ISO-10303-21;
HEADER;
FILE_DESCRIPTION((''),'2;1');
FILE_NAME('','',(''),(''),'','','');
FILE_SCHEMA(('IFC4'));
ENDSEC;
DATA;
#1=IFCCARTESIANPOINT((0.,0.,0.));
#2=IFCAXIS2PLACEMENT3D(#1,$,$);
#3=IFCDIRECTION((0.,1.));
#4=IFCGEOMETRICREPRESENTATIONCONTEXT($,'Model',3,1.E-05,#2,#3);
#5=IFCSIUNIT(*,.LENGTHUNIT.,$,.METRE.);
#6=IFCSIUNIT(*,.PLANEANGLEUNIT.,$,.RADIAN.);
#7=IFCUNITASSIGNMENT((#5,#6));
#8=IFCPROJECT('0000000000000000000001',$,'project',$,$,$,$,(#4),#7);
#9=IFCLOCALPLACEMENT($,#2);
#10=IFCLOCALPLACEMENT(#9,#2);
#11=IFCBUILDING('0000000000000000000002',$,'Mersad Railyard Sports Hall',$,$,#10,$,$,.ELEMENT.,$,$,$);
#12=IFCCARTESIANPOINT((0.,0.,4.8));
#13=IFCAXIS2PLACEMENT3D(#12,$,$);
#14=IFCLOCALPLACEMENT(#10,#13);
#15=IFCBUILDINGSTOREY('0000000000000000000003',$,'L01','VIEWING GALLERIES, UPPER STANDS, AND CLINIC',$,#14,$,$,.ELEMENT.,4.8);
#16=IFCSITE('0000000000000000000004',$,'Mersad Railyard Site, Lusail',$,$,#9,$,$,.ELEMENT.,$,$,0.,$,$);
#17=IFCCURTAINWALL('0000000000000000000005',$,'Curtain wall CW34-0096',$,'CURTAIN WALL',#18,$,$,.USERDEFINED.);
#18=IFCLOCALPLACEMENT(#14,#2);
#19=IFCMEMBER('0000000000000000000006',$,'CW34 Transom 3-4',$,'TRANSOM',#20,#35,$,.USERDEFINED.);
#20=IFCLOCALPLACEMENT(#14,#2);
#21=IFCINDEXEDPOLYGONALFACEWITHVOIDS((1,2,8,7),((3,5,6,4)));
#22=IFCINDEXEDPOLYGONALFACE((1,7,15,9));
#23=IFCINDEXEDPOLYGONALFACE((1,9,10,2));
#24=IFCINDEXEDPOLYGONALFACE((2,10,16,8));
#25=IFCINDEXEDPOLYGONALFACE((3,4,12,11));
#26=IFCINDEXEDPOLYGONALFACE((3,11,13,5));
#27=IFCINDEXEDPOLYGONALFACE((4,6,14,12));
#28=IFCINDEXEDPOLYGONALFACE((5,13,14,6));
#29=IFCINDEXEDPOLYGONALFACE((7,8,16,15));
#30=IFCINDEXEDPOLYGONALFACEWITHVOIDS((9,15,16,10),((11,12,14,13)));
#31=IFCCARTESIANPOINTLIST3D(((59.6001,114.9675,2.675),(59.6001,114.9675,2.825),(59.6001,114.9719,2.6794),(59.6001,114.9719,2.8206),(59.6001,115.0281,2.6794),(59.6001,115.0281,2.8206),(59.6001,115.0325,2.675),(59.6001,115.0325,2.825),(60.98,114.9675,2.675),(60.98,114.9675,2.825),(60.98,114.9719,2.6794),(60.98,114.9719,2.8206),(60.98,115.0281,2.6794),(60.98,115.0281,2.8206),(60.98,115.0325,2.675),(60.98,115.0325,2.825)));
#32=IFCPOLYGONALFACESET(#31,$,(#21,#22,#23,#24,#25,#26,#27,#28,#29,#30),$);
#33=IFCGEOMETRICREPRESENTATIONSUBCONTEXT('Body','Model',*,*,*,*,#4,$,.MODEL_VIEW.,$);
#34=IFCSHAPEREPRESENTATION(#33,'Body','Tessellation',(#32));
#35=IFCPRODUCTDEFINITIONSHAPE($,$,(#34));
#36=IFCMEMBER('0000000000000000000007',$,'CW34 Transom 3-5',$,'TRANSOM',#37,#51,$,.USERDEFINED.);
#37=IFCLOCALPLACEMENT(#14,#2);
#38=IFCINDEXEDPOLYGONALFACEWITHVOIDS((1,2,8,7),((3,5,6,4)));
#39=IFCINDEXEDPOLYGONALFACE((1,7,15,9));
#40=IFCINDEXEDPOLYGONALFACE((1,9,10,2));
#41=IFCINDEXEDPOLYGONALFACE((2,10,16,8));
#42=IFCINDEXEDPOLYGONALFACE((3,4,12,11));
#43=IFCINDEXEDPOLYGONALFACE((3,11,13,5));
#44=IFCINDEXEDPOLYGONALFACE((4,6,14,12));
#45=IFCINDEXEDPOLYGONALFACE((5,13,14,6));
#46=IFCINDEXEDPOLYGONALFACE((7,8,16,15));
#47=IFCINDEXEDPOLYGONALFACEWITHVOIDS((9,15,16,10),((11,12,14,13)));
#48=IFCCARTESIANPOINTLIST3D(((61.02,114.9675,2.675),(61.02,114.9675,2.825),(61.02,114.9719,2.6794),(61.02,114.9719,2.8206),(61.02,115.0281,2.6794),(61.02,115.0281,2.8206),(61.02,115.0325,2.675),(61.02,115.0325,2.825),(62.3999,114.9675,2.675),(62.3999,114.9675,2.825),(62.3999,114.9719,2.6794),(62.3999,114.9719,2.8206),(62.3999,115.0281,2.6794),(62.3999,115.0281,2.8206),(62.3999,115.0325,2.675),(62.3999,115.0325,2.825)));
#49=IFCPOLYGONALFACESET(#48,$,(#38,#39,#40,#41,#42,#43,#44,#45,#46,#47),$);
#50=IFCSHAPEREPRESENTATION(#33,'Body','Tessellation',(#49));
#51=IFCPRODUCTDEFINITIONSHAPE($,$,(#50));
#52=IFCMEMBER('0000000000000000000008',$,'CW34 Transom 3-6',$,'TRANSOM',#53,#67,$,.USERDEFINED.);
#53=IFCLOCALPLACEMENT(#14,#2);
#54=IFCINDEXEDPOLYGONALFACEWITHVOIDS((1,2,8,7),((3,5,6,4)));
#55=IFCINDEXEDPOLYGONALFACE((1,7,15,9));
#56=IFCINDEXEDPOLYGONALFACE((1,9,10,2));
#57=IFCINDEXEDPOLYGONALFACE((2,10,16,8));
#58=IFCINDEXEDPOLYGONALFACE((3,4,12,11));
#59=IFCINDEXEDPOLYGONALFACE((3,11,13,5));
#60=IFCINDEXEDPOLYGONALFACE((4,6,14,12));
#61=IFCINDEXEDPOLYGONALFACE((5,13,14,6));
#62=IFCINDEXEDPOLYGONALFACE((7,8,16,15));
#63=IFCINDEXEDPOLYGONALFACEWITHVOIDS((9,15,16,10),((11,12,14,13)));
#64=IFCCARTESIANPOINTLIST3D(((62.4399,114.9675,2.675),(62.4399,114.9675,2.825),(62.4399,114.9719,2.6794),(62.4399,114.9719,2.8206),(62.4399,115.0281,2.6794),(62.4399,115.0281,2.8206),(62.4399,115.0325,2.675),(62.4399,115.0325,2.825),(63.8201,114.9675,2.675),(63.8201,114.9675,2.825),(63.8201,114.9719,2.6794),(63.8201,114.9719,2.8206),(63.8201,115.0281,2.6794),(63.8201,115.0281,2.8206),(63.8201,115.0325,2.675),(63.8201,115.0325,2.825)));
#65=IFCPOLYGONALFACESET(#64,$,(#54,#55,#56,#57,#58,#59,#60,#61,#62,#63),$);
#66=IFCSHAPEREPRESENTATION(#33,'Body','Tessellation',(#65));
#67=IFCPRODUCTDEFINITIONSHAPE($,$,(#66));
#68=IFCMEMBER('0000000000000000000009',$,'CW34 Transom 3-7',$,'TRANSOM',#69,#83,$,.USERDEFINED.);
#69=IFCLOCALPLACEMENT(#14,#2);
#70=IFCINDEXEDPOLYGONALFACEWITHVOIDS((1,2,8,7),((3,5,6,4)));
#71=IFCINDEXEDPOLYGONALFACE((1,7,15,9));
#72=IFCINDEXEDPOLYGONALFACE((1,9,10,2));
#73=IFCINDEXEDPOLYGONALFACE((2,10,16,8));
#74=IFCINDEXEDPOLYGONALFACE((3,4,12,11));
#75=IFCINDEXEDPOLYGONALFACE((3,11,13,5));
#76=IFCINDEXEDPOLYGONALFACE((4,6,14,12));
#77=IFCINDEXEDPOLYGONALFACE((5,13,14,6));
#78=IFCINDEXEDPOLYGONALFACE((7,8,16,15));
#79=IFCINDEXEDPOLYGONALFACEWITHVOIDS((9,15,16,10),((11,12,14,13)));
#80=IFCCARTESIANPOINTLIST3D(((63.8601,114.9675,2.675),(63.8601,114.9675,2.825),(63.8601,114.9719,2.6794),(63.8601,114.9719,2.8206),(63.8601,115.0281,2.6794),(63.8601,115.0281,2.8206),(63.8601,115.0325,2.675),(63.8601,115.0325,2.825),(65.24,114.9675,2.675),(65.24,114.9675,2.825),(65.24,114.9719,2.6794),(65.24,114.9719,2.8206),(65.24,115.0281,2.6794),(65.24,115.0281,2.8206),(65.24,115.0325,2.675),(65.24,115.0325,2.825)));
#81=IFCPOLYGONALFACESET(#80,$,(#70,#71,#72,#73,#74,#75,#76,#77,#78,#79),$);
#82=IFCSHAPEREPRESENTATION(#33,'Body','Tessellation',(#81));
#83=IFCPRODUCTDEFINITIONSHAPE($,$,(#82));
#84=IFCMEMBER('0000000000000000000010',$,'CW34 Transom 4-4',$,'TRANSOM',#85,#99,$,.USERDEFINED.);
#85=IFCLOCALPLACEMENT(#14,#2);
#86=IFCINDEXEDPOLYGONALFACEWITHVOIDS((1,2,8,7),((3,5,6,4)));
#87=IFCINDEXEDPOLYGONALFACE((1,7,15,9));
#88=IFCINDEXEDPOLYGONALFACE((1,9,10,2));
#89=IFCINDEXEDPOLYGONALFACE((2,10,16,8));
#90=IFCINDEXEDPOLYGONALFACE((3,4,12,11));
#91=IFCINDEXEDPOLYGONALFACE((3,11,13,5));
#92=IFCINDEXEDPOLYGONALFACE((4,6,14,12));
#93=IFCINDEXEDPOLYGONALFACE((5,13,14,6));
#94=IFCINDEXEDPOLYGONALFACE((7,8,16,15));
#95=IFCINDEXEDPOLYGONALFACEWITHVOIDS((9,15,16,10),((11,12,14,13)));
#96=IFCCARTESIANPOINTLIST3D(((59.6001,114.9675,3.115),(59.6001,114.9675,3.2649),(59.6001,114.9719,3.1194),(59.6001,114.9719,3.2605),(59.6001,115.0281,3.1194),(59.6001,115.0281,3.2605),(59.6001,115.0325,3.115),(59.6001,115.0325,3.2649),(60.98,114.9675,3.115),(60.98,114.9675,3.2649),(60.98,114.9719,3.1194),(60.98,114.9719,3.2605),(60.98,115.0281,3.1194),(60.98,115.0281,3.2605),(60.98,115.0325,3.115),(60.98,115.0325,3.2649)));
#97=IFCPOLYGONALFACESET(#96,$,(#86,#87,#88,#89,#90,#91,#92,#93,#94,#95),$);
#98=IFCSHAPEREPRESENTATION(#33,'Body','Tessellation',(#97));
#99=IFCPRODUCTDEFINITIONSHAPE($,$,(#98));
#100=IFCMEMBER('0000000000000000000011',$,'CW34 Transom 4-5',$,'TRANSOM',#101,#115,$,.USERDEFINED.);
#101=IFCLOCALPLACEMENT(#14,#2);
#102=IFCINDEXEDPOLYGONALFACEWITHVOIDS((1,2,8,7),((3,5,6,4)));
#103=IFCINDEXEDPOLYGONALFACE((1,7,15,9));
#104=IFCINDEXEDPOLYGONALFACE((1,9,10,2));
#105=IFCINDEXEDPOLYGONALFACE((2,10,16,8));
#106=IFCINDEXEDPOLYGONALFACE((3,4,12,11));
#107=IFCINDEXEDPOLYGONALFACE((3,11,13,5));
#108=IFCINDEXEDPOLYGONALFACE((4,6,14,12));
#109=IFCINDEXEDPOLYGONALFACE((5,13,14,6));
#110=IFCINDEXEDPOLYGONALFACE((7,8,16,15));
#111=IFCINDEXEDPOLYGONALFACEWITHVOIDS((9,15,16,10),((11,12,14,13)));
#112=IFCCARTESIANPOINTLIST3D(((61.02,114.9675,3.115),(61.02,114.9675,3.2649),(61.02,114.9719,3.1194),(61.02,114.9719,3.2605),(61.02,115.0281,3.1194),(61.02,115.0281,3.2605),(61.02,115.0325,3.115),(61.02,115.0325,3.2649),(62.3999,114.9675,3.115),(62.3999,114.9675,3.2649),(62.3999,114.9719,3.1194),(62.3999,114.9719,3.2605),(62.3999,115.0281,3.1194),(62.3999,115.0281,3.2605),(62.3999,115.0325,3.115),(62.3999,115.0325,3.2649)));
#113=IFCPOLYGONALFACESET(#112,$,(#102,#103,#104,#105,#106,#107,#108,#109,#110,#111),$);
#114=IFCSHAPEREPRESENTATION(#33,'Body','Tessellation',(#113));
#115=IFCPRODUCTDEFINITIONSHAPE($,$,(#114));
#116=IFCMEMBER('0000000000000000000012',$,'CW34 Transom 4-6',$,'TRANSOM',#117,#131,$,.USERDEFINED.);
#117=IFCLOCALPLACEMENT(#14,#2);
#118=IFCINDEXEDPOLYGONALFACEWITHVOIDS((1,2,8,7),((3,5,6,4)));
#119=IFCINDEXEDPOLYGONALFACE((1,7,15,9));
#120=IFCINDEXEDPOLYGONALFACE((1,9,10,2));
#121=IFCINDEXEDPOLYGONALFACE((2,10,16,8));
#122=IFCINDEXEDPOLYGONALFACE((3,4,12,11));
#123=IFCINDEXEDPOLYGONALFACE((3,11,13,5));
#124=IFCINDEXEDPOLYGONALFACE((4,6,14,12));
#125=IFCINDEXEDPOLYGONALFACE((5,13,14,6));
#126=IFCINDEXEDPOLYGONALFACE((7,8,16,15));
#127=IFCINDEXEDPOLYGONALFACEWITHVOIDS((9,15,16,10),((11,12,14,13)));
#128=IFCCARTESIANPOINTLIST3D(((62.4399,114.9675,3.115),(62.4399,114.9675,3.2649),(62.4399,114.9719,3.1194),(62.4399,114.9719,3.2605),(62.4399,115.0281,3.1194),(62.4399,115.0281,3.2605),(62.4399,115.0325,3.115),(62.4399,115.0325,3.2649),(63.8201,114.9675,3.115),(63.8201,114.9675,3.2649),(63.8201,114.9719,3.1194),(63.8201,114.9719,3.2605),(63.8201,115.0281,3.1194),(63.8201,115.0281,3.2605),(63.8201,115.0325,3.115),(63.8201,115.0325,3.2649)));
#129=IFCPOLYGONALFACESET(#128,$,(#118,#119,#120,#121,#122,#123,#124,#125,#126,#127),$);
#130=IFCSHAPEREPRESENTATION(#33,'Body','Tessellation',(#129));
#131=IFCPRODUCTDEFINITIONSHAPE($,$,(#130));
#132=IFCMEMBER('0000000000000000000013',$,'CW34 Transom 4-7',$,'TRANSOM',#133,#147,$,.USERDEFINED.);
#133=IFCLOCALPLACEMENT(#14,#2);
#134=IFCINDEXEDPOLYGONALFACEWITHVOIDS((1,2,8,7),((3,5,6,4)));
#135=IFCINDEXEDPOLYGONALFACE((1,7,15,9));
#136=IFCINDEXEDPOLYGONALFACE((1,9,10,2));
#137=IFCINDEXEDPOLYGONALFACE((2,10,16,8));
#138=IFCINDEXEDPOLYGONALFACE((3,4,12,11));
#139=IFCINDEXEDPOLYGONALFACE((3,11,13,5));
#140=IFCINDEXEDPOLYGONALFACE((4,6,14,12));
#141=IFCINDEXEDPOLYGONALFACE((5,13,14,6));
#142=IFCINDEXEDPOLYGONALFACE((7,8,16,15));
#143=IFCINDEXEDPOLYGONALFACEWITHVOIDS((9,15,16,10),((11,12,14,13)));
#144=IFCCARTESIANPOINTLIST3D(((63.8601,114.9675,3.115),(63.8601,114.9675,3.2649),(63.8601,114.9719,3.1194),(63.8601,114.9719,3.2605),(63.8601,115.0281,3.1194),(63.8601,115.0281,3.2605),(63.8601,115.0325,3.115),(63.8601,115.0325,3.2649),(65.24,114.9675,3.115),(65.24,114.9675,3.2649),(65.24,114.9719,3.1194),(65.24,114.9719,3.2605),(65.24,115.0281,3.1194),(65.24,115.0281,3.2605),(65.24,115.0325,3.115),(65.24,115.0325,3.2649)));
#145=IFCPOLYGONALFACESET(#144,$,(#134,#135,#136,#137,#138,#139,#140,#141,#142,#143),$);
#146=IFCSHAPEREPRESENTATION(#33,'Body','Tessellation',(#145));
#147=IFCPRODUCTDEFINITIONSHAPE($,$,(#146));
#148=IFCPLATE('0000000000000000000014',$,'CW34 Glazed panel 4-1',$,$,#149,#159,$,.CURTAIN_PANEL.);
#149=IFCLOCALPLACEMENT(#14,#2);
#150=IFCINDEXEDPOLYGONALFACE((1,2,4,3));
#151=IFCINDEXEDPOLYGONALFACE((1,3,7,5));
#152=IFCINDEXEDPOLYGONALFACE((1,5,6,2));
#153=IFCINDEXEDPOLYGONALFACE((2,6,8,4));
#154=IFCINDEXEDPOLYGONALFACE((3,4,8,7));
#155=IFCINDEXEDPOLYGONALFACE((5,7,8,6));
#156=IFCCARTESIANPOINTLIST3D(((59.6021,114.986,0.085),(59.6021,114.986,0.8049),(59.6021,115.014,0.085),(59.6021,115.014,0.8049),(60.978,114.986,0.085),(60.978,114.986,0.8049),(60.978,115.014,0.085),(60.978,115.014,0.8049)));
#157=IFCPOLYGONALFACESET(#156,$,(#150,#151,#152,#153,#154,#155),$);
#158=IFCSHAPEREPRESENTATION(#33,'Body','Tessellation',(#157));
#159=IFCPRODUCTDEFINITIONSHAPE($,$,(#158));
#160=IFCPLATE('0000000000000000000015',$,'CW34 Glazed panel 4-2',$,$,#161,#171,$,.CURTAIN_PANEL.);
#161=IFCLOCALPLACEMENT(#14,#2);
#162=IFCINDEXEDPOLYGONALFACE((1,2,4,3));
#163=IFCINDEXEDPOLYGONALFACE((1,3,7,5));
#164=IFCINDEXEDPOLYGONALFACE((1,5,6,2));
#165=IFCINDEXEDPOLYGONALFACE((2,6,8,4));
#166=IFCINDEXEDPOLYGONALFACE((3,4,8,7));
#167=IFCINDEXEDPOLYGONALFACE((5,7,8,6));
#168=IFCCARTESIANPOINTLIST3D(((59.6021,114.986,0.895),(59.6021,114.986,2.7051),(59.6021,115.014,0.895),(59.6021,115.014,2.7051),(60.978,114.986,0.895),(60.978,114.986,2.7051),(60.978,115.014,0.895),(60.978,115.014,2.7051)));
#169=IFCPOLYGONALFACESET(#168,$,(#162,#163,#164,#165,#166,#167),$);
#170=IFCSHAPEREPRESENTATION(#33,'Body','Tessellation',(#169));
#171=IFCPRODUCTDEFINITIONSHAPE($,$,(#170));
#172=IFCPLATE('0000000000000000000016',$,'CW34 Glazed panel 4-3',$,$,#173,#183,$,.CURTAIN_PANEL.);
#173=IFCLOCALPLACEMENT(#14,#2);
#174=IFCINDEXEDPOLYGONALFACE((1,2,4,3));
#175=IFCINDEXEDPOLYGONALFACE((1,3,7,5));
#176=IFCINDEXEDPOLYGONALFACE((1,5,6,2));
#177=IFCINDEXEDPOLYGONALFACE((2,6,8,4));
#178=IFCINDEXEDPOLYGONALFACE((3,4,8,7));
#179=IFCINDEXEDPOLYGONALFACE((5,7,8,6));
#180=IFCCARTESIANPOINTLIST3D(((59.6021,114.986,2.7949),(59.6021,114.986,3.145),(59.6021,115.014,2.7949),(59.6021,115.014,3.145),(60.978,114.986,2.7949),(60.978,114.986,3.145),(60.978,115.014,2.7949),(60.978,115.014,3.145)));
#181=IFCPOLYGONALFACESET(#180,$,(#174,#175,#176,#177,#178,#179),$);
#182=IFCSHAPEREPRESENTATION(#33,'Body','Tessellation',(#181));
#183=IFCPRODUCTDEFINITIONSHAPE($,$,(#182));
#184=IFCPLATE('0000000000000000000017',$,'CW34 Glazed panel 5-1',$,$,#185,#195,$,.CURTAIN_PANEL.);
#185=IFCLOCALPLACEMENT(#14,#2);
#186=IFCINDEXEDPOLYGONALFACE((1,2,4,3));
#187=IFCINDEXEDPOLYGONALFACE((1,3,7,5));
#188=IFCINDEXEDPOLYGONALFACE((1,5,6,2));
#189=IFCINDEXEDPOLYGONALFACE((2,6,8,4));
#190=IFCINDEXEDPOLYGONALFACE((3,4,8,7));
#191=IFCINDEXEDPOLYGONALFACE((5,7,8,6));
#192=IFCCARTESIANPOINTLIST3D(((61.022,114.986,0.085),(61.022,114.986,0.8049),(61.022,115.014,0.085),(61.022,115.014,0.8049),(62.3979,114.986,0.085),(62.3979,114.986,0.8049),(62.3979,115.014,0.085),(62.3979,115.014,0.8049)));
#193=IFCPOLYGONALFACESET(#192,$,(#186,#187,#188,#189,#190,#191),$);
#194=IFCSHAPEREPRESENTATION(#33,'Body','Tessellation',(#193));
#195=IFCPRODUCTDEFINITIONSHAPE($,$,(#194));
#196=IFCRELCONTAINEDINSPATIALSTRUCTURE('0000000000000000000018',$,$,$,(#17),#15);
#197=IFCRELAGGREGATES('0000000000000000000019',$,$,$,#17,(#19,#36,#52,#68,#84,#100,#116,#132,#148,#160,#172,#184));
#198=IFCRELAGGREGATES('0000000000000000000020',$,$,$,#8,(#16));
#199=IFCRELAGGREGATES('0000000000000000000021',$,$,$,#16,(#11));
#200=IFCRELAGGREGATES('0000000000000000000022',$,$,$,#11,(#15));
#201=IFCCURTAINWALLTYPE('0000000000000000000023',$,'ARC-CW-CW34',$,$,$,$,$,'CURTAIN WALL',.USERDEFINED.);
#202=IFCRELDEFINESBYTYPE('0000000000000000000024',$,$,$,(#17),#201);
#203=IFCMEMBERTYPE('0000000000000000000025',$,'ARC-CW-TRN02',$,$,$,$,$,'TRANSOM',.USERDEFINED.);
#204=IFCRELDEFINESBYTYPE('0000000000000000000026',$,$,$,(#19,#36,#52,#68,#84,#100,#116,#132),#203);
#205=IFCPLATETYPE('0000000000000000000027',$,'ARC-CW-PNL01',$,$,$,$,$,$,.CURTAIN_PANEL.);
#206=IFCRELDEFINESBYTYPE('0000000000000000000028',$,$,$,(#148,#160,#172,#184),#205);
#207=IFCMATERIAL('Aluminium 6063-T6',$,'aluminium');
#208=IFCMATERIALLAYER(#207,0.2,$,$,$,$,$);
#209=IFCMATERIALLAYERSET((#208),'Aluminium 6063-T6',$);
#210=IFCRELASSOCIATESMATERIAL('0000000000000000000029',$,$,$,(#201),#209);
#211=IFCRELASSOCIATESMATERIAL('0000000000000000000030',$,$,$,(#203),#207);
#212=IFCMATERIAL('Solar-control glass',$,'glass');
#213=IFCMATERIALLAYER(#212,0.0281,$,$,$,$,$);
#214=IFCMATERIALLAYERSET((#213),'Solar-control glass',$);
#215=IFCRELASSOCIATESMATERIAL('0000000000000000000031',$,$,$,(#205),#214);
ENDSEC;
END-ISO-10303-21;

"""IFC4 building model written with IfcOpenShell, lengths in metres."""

from ifc_helpers import new_model, si_unit, direction, frame, origin, origin_2d, place, context, subcontext, project, spatial, rectangle, hollow_rectangle, extrude, material, layer, layer_set, material_profile, profile_set, type_object, element, aggregate, save


model = new_model("IFC4")

# Units and contexts
model_context = context("Model", 3, precision=1e-05, world=origin(), true_north=direction((0.0, 1.0)))
body_context = subcontext(model_context, "Body", "Model", "MODEL_VIEW")
ifc_project = project(units=[si_unit("LENGTHUNIT", "METRE"), si_unit("PLANEANGLEUNIT", "RADIAN")], contexts=[model_context])

# Site, building, storey
site_placement = place(None, origin())
site = spatial("IfcSite", under=ifc_project, at=site_placement, Name="Mersad Railyard Site, Lusail", CompositionType="ELEMENT", RefElevation=0.0)
building_placement = place(site_placement, origin())
building = spatial("IfcBuilding", under=site, at=building_placement, Name="Mersad Railyard Sports Hall", CompositionType="ELEMENT")
storey_placement = place(building_placement, frame((0.0, 0.0, 4.8)))
storey = spatial("IfcBuildingStorey", under=building, at=storey_placement, Name="L01", Description="VIEWING GALLERIES, UPPER STANDS, AND CLINIC", CompositionType="ELEMENT", Elevation=4.8)

# Curtain wall, members, plates
ifc_material_1 = material(Name="Aluminium 6063-T6", Category="aluminium")
ifc_layer_1 = layer(ifc_material_1, 0.2)
ifc_layer_set_1 = layer_set([ifc_layer_1], Name="Aluminium 6063-T6")
curtain_wall_type = type_object("IfcCurtainWallType", Name="ARC-CW-CW34", ElementType="CURTAIN WALL", PredefinedType="USERDEFINED", material=ifc_layer_set_1)
curtain_wall_placement = place(storey_placement, origin())
curtain_wall = element("IfcCurtainWall", 1, at=curtain_wall_placement, inside=storey, type_object=curtain_wall_type, Name="Curtain wall CW34-0096", ObjectType="CURTAIN WALL", PredefinedType="USERDEFINED")
ifc_material_profile_1 = material_profile(ifc_material_1, hollow_rectangle(XDim=0.0649, YDim=0.1499, WallThickness=0.0044, at=origin_2d()), Name="AL TRANSOM 65x150x4.5")
ifc_profile_set_1 = profile_set([ifc_material_profile_1], Name="Aluminium 6063-T6")
member_type_1 = type_object("IfcMemberType", Name="ARC-CW-TRN02", ElementType="TRANSOM", PredefinedType="USERDEFINED", material=ifc_profile_set_1)
member_1_placement = place(storey_placement, frame((59.6001, 115.0, 2.75), z_axis=(1.0, 0.0, 0.0), x_axis=(0.0, 1.0, 0.0)))
member_1 = element("IfcMember", 2, at=member_1_placement, type_object=member_type_1, Name="CW34 Transom 3-4", ObjectType="TRANSOM", PredefinedType="USERDEFINED", context=body_context, shape_type="SweptSolid", body=[
    extrude(hollow_rectangle(XDim=0.0649, YDim=0.1499, WallThickness=0.0044, at=origin_2d()), origin(), (0.0, 0.0, 1.0), 1.3799),
])
member_2_placement = place(storey_placement, frame((61.02, 115.0, 2.75), z_axis=(1.0, 0.0, 0.0), x_axis=(0.0, 1.0, 0.0)))
member_2 = element("IfcMember", 3, at=member_2_placement, type_object=member_type_1, Name="CW34 Transom 3-5", ObjectType="TRANSOM", PredefinedType="USERDEFINED", context=body_context, shape_type="SweptSolid", body=[
    extrude(hollow_rectangle(XDim=0.0649, YDim=0.1499, WallThickness=0.0044, at=origin_2d()), origin(), (0.0, 0.0, 1.0), 1.3799),
])
member_3_placement = place(storey_placement, frame((62.4399, 115.0, 2.75), z_axis=(1.0, 0.0, 0.0), x_axis=(0.0, 1.0, 0.0)))
member_3 = element("IfcMember", 4, at=member_3_placement, type_object=member_type_1, Name="CW34 Transom 3-6", ObjectType="TRANSOM", PredefinedType="USERDEFINED", context=body_context, shape_type="SweptSolid", body=[
    extrude(hollow_rectangle(XDim=0.0649, YDim=0.1499, WallThickness=0.0044, at=origin_2d()), origin(), (0.0, 0.0, 1.0), 1.3801),
])
member_4_placement = place(storey_placement, frame((63.8601, 115.0, 2.75), z_axis=(1.0, 0.0, 0.0), x_axis=(0.0, 1.0, 0.0)))
member_4 = element("IfcMember", 5, at=member_4_placement, type_object=member_type_1, Name="CW34 Transom 3-7", ObjectType="TRANSOM", PredefinedType="USERDEFINED", context=body_context, shape_type="SweptSolid", body=[
    extrude(hollow_rectangle(XDim=0.0649, YDim=0.1499, WallThickness=0.0044, at=origin_2d()), origin(), (0.0, 0.0, 1.0), 1.3799),
])
member_5_placement = place(storey_placement, frame((59.6001, 115.0, 3.1899), z_axis=(1.0, 0.0, 0.0), x_axis=(0.0, 1.0, 0.0)))
member_5 = element("IfcMember", 6, at=member_5_placement, type_object=member_type_1, Name="CW34 Transom 4-4", ObjectType="TRANSOM", PredefinedType="USERDEFINED", context=body_context, shape_type="SweptSolid", body=[
    extrude(hollow_rectangle(XDim=0.0649, YDim=0.1499, WallThickness=0.0044, at=origin_2d()), origin(), (0.0, 0.0, 1.0), 1.3799),
])
member_6_placement = place(storey_placement, frame((61.02, 115.0, 3.1899), z_axis=(1.0, 0.0, 0.0), x_axis=(0.0, 1.0, 0.0)))
member_6 = element("IfcMember", 7, at=member_6_placement, type_object=member_type_1, Name="CW34 Transom 4-5", ObjectType="TRANSOM", PredefinedType="USERDEFINED", context=body_context, shape_type="SweptSolid", body=[
    extrude(hollow_rectangle(XDim=0.0649, YDim=0.1499, WallThickness=0.0044, at=origin_2d()), origin(), (0.0, 0.0, 1.0), 1.3799),
])
member_7_placement = place(storey_placement, frame((62.4399, 115.0, 3.1899), z_axis=(1.0, 0.0, 0.0), x_axis=(0.0, 1.0, 0.0)))
member_7 = element("IfcMember", 8, at=member_7_placement, type_object=member_type_1, Name="CW34 Transom 4-6", ObjectType="TRANSOM", PredefinedType="USERDEFINED", context=body_context, shape_type="SweptSolid", body=[
    extrude(hollow_rectangle(XDim=0.0649, YDim=0.1499, WallThickness=0.0044, at=origin_2d()), origin(), (0.0, 0.0, 1.0), 1.3801),
])
member_8_placement = place(storey_placement, frame((63.8601, 115.0, 3.1899), z_axis=(1.0, 0.0, 0.0), x_axis=(0.0, 1.0, 0.0)))
member_8 = element("IfcMember", 9, at=member_8_placement, type_object=member_type_1, Name="CW34 Transom 4-7", ObjectType="TRANSOM", PredefinedType="USERDEFINED", context=body_context, shape_type="SweptSolid", body=[
    extrude(hollow_rectangle(XDim=0.0649, YDim=0.1499, WallThickness=0.0044, at=origin_2d()), origin(), (0.0, 0.0, 1.0), 1.3799),
])
ifc_material_2 = material(Name="Solar-control glass", Category="glass")
ifc_layer_2 = layer(ifc_material_2, 0.0281)
ifc_layer_set_2 = layer_set([ifc_layer_2], Name="Solar-control glass")
plate_type = type_object("IfcPlateType", Name="ARC-CW-PNL01", PredefinedType="CURTAIN_PANEL", material=ifc_layer_set_2)
plate_1_placement = place(storey_placement, frame((60.29, 115.0, 0.085), z_axis=(0.0, 0.0, 1.0), x_axis=(1.0, 0.0, 0.0)))
plate_1 = element("IfcPlate", 10, at=plate_1_placement, type_object=plate_type, Name="CW34 Glazed panel 4-1", PredefinedType="CURTAIN_PANEL", context=body_context, shape_type="SweptSolid", body=[
    extrude(rectangle(XDim=1.376, YDim=0.0281, at=origin_2d()), origin(), (0.0, 0.0, 1.0), 0.72),
])
plate_2_placement = place(storey_placement, frame((60.29, 115.0, 0.895), z_axis=(0.0, 0.0, 1.0), x_axis=(1.0, 0.0, 0.0)))
plate_2 = element("IfcPlate", 11, at=plate_2_placement, type_object=plate_type, Name="CW34 Glazed panel 4-2", PredefinedType="CURTAIN_PANEL", context=body_context, shape_type="SweptSolid", body=[
    extrude(rectangle(XDim=1.376, YDim=0.0281, at=origin_2d()), origin(), (0.0, 0.0, 1.0), 1.8101),
])
plate_3_placement = place(storey_placement, frame((60.29, 115.0, 2.7949), z_axis=(0.0, 0.0, 1.0), x_axis=(1.0, 0.0, 0.0)))
plate_3 = element("IfcPlate", 12, at=plate_3_placement, type_object=plate_type, Name="CW34 Glazed panel 4-3", PredefinedType="CURTAIN_PANEL", context=body_context, shape_type="SweptSolid", body=[
    extrude(rectangle(XDim=1.376, YDim=0.0281, at=origin_2d()), origin(), (0.0, 0.0, 1.0), 0.3501),
])
plate_4_placement = place(storey_placement, frame((61.71, 115.0, 0.085), z_axis=(0.0, 0.0, 1.0), x_axis=(1.0, 0.0, 0.0)))
plate_4 = element("IfcPlate", 13, at=plate_4_placement, type_object=plate_type, Name="CW34 Glazed panel 5-1", PredefinedType="CURTAIN_PANEL", context=body_context, shape_type="SweptSolid", body=[
    extrude(rectangle(XDim=1.376, YDim=0.0281, at=origin_2d()), origin(), (0.0, 0.0, 1.0), 0.72),
])
aggregate(curtain_wall, [member_1, member_2, member_3, member_4, member_5, member_6, member_7, member_8, plate_1, plate_2, plate_3, plate_4])

save(model, "model.ifc")
